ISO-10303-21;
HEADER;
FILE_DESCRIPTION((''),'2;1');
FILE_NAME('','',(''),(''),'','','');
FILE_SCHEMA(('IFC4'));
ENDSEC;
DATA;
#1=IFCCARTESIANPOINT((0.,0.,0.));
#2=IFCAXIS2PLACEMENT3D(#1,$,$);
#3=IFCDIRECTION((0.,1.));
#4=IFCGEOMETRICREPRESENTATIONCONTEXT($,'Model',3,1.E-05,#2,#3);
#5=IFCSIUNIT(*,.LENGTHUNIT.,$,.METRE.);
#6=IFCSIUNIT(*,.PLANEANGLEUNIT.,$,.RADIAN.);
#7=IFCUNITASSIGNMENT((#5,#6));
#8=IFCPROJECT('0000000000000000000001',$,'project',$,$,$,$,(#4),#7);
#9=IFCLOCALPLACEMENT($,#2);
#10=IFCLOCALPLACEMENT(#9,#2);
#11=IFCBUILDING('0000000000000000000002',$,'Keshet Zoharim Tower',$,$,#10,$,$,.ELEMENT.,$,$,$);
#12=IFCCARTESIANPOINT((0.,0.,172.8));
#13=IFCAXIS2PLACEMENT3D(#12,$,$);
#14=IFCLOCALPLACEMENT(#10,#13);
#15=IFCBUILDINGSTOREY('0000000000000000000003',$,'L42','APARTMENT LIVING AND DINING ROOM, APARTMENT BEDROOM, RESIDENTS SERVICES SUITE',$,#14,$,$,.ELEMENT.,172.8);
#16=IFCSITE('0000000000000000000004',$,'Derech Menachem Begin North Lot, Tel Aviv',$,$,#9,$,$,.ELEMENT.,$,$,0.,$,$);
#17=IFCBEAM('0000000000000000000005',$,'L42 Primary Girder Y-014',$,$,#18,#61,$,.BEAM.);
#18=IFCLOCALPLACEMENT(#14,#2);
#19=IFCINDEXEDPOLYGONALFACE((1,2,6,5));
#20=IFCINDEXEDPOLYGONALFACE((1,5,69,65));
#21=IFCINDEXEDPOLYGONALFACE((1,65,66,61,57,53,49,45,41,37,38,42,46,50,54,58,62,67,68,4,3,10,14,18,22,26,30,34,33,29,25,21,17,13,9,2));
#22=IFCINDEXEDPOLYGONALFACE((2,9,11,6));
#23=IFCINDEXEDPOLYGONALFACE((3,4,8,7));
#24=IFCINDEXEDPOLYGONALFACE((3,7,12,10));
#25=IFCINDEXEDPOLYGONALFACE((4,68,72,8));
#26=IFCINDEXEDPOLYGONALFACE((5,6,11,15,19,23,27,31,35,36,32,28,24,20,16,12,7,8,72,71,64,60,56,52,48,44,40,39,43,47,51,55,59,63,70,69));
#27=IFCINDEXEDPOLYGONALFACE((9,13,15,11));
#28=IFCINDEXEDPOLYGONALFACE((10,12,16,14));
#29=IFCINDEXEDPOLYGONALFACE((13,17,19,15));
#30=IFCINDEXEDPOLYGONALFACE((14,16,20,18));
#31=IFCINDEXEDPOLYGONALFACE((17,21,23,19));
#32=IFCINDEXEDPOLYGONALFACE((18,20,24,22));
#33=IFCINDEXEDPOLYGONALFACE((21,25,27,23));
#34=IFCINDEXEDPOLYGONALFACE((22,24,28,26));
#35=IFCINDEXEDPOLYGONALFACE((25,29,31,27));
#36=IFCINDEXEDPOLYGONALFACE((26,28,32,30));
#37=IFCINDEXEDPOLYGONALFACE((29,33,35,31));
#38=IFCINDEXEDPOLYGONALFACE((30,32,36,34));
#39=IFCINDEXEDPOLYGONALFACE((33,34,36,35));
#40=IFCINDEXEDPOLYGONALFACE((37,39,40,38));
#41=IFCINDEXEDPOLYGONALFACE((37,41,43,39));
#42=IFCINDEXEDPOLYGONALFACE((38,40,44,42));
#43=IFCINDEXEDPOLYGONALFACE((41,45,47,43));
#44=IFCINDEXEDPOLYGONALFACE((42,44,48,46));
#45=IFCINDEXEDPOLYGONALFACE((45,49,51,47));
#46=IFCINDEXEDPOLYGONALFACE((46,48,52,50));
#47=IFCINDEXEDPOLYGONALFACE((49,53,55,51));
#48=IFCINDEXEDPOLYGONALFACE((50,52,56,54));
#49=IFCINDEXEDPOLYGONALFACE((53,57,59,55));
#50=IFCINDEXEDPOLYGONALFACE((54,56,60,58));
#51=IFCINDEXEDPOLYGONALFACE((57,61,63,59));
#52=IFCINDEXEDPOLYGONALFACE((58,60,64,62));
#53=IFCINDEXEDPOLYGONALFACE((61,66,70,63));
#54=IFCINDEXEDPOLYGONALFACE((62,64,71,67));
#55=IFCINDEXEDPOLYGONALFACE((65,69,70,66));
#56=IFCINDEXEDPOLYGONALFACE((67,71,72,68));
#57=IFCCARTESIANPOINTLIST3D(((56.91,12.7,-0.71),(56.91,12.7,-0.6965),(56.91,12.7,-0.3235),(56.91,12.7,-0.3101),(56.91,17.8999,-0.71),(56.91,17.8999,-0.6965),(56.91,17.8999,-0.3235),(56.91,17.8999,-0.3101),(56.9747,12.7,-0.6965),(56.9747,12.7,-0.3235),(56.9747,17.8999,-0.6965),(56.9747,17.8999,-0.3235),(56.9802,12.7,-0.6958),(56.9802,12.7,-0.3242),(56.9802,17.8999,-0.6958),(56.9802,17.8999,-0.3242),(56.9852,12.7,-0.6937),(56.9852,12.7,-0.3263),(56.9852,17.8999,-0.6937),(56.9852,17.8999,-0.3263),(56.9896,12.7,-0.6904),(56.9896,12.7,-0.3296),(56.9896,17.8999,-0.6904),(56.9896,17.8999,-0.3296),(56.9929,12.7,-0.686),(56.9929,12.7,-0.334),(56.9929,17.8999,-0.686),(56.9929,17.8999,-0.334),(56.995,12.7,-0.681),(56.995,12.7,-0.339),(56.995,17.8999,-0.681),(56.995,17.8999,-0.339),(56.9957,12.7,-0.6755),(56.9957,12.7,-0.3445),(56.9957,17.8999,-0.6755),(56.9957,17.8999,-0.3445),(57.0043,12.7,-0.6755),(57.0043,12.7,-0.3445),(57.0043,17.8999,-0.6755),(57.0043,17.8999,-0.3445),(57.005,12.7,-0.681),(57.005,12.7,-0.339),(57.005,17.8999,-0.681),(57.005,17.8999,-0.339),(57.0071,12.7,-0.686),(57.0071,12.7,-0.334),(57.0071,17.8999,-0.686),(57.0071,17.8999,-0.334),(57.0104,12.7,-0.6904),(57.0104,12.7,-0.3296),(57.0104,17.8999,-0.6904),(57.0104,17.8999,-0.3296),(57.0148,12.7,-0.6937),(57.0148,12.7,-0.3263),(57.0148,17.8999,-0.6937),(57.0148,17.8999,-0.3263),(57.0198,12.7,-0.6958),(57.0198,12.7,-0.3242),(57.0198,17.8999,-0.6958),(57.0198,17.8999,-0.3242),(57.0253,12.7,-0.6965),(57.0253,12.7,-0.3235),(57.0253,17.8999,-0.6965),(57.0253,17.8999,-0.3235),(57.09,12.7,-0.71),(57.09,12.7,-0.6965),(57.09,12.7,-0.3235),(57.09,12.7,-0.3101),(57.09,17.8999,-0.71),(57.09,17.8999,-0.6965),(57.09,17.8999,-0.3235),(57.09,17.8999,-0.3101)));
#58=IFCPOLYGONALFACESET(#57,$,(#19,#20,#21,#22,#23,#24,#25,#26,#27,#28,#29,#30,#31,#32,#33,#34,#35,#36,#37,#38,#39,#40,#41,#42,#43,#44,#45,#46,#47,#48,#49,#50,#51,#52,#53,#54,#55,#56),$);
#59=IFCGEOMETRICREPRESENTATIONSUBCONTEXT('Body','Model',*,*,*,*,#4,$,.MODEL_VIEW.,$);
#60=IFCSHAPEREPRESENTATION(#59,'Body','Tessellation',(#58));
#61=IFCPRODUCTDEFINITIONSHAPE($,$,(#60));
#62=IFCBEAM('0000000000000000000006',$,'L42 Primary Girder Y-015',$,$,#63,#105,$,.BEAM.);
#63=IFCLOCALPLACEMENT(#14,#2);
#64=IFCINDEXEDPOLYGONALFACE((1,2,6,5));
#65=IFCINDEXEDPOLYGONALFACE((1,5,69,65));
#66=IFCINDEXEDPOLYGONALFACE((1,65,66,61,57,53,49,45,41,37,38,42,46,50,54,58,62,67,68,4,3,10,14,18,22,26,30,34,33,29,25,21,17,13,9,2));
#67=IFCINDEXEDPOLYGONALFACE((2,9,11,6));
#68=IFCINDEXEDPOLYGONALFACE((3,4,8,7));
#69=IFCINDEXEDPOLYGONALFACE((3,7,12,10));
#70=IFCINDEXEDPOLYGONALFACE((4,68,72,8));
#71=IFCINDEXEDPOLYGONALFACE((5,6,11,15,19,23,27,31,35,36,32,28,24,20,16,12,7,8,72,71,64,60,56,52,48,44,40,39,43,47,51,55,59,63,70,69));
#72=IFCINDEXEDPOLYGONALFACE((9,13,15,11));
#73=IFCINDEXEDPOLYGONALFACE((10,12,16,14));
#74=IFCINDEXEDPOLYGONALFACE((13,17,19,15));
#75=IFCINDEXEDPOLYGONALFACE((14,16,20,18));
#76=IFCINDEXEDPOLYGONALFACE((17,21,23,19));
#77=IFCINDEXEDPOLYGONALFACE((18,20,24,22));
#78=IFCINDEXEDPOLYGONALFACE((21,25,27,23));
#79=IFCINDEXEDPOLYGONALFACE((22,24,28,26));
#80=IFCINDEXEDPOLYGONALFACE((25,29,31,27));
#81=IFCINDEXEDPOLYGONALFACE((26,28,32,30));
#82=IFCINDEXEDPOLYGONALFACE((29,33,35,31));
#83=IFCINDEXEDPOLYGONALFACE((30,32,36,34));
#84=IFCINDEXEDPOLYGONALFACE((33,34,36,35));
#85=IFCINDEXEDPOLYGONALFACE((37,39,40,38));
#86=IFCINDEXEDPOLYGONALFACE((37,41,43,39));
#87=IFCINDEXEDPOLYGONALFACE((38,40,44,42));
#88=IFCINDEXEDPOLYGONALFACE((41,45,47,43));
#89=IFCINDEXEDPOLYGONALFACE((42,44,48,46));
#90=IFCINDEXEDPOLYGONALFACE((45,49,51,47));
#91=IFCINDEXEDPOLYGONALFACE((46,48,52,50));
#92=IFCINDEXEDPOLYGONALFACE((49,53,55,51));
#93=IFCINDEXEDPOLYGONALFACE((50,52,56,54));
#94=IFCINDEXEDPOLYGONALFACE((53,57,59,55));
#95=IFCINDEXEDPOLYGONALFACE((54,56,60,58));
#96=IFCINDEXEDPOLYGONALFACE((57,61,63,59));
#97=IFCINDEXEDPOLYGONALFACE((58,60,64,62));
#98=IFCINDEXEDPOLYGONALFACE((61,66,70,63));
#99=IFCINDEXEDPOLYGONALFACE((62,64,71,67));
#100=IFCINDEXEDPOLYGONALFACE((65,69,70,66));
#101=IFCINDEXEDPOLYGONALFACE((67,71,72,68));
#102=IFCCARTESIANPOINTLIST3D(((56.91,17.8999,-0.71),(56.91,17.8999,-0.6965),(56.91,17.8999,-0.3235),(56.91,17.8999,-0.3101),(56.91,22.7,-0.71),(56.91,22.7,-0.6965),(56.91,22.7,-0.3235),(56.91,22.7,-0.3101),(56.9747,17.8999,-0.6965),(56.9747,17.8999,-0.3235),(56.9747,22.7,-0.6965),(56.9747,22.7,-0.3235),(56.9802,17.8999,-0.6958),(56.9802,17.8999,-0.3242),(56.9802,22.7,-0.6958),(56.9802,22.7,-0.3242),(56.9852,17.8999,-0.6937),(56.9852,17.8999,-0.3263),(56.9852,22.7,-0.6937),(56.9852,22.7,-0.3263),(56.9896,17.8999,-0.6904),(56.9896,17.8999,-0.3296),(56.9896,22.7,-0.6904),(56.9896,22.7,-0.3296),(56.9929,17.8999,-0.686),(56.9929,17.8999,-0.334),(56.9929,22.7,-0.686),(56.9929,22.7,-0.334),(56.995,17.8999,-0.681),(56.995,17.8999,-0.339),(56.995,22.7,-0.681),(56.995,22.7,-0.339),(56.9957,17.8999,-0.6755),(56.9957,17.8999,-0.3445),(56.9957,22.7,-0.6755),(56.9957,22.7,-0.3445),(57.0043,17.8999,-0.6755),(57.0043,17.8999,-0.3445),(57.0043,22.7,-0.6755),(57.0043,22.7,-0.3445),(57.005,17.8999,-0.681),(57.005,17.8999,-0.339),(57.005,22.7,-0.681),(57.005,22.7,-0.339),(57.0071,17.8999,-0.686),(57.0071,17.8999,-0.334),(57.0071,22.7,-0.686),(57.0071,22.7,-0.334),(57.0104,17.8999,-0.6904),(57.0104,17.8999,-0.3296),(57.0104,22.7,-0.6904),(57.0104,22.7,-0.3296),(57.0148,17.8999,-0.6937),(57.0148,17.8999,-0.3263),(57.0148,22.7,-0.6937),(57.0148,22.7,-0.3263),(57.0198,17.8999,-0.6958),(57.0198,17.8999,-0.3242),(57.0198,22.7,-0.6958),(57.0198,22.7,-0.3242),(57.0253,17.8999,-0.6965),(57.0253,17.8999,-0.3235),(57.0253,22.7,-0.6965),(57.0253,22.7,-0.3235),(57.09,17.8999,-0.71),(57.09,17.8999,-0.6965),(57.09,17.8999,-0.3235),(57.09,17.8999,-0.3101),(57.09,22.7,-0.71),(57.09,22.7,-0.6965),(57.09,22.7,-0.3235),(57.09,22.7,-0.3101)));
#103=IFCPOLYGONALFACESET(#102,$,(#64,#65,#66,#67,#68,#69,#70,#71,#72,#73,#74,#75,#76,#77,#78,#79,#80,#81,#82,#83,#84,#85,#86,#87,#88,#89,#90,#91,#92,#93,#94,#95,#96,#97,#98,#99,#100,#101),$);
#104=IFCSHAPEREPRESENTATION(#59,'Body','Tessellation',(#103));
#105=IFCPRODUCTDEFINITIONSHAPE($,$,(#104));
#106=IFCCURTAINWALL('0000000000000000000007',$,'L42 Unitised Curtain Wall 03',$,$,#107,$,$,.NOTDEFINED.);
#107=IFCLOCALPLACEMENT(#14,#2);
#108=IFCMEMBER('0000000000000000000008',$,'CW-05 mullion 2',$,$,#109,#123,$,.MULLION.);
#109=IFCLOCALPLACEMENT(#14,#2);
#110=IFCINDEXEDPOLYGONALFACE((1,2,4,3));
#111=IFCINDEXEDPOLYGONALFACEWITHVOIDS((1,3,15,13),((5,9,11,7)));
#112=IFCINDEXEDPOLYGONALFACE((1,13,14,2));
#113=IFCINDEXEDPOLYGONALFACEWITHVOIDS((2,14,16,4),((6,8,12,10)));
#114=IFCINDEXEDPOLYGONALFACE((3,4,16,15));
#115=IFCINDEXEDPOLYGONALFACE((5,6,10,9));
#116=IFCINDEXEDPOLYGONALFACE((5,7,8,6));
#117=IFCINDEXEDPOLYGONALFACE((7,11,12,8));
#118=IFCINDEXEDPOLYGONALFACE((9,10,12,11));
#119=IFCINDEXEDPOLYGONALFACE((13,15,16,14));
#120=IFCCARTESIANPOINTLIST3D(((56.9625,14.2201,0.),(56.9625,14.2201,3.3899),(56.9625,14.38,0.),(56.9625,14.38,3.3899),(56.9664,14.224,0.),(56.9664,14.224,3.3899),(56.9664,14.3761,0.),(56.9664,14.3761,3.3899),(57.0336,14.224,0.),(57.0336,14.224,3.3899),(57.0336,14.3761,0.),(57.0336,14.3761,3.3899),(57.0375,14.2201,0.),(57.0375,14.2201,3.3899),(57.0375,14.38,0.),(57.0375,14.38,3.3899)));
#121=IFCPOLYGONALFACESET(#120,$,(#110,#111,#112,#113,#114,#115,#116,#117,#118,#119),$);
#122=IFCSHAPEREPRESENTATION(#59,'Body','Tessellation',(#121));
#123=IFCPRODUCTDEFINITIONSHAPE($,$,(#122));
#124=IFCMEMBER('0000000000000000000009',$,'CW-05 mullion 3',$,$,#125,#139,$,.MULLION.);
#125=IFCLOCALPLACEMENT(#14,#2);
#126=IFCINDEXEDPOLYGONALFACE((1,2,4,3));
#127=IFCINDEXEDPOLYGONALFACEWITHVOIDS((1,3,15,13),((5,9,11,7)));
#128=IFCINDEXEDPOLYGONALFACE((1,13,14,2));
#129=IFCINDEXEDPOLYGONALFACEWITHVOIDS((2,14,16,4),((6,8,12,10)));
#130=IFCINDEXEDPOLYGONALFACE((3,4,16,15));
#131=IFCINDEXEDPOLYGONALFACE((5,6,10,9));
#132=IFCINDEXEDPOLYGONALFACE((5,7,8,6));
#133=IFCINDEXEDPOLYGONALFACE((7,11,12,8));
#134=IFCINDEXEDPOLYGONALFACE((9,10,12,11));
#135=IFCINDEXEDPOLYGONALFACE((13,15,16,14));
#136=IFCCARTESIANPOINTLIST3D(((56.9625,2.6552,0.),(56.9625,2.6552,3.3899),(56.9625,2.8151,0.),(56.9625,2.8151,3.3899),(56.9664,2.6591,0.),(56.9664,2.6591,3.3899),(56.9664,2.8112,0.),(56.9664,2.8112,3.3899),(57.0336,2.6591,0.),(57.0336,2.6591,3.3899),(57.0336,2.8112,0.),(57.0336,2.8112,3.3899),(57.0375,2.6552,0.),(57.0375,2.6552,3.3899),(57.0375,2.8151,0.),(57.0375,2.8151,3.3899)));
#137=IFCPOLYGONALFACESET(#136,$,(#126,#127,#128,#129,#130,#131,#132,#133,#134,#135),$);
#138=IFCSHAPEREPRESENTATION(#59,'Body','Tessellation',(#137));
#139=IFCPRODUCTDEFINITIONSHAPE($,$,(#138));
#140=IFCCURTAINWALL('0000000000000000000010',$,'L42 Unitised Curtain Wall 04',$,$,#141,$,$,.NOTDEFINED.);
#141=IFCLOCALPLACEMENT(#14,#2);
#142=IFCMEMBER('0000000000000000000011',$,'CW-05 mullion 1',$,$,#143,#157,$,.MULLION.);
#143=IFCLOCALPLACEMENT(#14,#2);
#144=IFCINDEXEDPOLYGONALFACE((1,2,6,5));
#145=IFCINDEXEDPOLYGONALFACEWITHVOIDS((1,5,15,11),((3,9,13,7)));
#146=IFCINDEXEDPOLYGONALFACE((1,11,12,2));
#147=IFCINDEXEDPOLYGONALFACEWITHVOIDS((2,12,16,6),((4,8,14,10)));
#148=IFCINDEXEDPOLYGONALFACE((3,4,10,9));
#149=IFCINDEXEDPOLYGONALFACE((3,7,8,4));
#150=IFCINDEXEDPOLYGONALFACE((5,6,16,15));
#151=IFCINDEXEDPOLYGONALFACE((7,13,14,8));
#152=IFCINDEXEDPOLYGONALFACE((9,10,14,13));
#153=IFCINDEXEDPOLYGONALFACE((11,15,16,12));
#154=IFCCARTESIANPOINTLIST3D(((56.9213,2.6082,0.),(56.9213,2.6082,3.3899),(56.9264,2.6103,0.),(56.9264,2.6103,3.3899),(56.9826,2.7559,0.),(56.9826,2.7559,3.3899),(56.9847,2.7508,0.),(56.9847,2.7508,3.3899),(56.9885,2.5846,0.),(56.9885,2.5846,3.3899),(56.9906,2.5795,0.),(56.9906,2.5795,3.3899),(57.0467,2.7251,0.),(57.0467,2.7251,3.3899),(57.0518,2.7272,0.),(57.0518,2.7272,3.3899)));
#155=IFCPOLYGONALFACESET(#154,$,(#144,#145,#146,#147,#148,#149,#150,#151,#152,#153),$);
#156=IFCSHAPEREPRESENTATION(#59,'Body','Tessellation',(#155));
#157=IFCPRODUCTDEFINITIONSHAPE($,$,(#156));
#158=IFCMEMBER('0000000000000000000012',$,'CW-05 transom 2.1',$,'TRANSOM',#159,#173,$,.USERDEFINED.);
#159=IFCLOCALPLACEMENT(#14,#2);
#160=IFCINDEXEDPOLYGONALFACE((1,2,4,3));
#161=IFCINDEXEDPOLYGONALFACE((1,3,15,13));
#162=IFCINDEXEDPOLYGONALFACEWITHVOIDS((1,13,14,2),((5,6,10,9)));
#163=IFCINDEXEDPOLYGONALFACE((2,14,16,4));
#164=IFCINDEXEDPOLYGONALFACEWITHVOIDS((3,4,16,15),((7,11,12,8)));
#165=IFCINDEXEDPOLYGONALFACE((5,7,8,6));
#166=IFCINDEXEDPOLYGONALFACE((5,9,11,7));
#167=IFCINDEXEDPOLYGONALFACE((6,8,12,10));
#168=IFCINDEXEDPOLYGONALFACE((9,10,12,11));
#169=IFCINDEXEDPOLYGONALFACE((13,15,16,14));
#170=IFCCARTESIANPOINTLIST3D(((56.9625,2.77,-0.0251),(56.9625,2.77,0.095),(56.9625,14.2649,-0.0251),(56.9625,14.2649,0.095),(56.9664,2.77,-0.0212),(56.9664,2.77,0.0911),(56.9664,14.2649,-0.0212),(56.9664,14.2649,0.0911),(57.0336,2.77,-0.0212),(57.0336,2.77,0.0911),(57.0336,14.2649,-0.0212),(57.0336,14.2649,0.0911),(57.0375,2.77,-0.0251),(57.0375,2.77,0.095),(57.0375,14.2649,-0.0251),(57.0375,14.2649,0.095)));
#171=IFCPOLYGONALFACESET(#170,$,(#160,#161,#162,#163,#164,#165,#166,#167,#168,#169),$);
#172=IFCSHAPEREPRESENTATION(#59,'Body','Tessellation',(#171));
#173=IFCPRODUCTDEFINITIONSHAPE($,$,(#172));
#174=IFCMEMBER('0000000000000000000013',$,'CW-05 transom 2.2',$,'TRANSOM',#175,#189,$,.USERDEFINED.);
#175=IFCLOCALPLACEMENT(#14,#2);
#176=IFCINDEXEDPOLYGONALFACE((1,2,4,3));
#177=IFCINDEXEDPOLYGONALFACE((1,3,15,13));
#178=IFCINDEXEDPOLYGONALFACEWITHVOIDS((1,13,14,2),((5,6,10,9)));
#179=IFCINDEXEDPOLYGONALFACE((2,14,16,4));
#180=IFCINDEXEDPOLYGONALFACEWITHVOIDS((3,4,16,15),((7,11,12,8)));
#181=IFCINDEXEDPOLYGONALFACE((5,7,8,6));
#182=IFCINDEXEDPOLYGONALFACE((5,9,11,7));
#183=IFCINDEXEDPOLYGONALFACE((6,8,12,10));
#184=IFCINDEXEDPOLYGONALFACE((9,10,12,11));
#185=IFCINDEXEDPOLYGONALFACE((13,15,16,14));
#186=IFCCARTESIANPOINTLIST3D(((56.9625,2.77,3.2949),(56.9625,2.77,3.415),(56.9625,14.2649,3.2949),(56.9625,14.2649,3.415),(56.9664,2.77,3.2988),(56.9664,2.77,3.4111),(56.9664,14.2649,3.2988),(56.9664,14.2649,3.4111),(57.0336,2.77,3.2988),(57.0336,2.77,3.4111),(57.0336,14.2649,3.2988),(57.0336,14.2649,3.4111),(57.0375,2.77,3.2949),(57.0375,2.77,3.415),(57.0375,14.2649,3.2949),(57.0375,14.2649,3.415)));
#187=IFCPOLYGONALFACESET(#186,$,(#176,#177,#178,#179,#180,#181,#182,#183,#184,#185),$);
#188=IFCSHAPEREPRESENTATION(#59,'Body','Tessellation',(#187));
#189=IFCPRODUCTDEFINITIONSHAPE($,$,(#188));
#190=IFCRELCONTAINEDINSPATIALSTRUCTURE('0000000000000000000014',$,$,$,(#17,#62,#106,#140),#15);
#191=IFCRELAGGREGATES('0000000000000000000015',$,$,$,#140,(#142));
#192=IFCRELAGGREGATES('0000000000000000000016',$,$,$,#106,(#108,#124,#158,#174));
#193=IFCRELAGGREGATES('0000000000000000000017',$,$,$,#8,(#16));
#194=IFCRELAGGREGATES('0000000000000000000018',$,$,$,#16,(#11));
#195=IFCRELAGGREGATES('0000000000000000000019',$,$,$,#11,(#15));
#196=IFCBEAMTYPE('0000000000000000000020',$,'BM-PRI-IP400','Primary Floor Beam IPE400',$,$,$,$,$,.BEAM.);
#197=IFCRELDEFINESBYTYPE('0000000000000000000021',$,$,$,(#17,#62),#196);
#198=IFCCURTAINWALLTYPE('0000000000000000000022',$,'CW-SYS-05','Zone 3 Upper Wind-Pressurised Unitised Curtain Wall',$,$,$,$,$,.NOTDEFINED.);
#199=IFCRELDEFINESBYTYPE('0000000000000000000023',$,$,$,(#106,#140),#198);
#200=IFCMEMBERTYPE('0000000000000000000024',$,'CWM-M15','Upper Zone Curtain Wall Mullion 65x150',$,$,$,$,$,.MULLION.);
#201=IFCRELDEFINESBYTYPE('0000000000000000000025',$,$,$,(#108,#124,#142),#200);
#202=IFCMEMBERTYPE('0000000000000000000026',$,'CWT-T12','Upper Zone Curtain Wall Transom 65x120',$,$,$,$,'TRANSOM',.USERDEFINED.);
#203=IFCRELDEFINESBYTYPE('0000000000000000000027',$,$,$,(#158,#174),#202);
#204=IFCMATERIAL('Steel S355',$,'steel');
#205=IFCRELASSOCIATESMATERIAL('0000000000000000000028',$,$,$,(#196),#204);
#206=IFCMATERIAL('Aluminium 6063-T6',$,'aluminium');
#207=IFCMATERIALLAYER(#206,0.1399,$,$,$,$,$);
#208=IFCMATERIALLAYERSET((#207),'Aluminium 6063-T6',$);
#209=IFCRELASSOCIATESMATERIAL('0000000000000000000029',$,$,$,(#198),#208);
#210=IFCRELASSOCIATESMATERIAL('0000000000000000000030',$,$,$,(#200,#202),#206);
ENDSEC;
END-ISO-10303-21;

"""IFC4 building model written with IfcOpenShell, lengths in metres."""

from ifc_helpers import new_model, si_unit, direction, frame, origin, origin_2d, place, context, subcontext, project, spatial, hollow_rectangle, i_section, extrude, material, layer, layer_set, material_profile, profile_set, type_object, element, aggregate, save


model = new_model("IFC4")

# Units and contexts
model_context = context("Model", 3, precision=1e-05, world=origin(), true_north=direction((0.0, 1.0)))
body_context = subcontext(model_context, "Body", "Model", "MODEL_VIEW")
ifc_project = project(units=[si_unit("LENGTHUNIT", "METRE"), si_unit("PLANEANGLEUNIT", "RADIAN")], contexts=[model_context])

# Site, building, storey
site_placement = place(None, origin())
site = spatial("IfcSite", under=ifc_project, at=site_placement, Name="Derech Menachem Begin North Lot, Tel Aviv", CompositionType="ELEMENT", RefElevation=0.0)
building_placement = place(site_placement, origin())
building = spatial("IfcBuilding", under=site, at=building_placement, Name="Keshet Zoharim Tower", CompositionType="ELEMENT")
storey_placement = place(building_placement, frame((0.0, 0.0, 172.8)))
storey = spatial("IfcBuildingStorey", under=building, at=storey_placement, Name="L42", Description="APARTMENT LIVING AND DINING ROOM, APARTMENT BEDROOM, RESIDENTS SERVICES SUITE", CompositionType="ELEMENT", Elevation=172.8)

# Shared definitions
ifc_material_1 = material(Name="Steel S355", Category="steel")

# Beams
ifc_material_profile_1 = material_profile(ifc_material_1, i_section(OverallWidth=0.1799, OverallDepth=0.3999, WebThickness=0.0085, FlangeThickness=0.0134, FilletRadius=0.021, at=origin_2d()), Name="IPE400")
ifc_profile_set_1 = profile_set([ifc_material_profile_1], Name="Steel S355")
beam_type = type_object("IfcBeamType", Name="BM-PRI-IP400", Description="Primary Floor Beam IPE400", PredefinedType="BEAM", material=ifc_profile_set_1)
beam_1_placement = place(storey_placement, frame((57.0, 12.7, -0.51), z_axis=(0.0, 1.0, 0.0), x_axis=(-1.0, 0.0, 0.0)))
element("IfcBeam", 1, at=beam_1_placement, inside=storey, type_object=beam_type, Name="L42 Primary Girder Y-014", PredefinedType="BEAM", context=body_context, shape_type="SweptSolid", body=[
    extrude(i_section(OverallWidth=0.1799, OverallDepth=0.3999, WebThickness=0.0085, FlangeThickness=0.0134, FilletRadius=0.021, at=origin_2d()), origin(), (0.0, 0.0, 1.0), 5.2),
])
beam_2_placement = place(storey_placement, frame((57.0, 17.8999, -0.51), z_axis=(0.0, 1.0, 0.0), x_axis=(-1.0, 0.0, 0.0)))
element("IfcBeam", 2, at=beam_2_placement, inside=storey, type_object=beam_type, Name="L42 Primary Girder Y-015", PredefinedType="BEAM", context=body_context, shape_type="SweptSolid", body=[
    extrude(i_section(OverallWidth=0.1799, OverallDepth=0.3999, WebThickness=0.0085, FlangeThickness=0.0134, FilletRadius=0.021, at=origin_2d()), origin(), (0.0, 0.0, 1.0), 4.8),
])

# Curtain wall, members
ifc_material_2 = material(Name="Aluminium 6063-T6", Category="aluminium")
ifc_layer_1 = layer(ifc_material_2, 0.1399)
ifc_layer_set_1 = layer_set([ifc_layer_1], Name="Aluminium 6063-T6")
curtain_wall_type = type_object("IfcCurtainWallType", Name="CW-SYS-05", Description="Zone 3 Upper Wind-Pressurised Unitised Curtain Wall", PredefinedType="NOTDEFINED", material=ifc_layer_set_1)
curtain_wall_1_placement = place(storey_placement, origin())
curtain_wall_1 = element("IfcCurtainWall", 3, at=curtain_wall_1_placement, inside=storey, type_object=curtain_wall_type, Name="L42 Unitised Curtain Wall 03", PredefinedType="NOTDEFINED")
ifc_material_profile_2 = material_profile(ifc_material_2, hollow_rectangle(XDim=0.075, YDim=0.1599, WallThickness=0.0039, at=origin_2d()), Name="MUL-75x160")
ifc_profile_set_2 = profile_set([ifc_material_profile_2], Name="Aluminium 6063-T6")
member_type_1 = type_object("IfcMemberType", Name="CWM-M15", Description="Upper Zone Curtain Wall Mullion 65x150", PredefinedType="MULLION", material=ifc_profile_set_2)
member_1_placement = place(storey_placement, frame((57.0, 14.3, 0.0), z_axis=(0.0, 0.0, 1.0), x_axis=(1.0, 0.0, 0.0)))
member_1 = element("IfcMember", 4, at=member_1_placement, type_object=member_type_1, Name="CW-05 mullion 2", PredefinedType="MULLION", context=body_context, shape_type="SweptSolid", body=[
    extrude(hollow_rectangle(XDim=0.075, YDim=0.1599, WallThickness=0.0039, at=origin_2d()), origin(), (0.0, 0.0, 1.0), 3.3899),
])
member_2_placement = place(storey_placement, frame((57.0, 2.7351, 0.0), z_axis=(0.0, 0.0, 1.0), x_axis=(1.0, 0.0, 0.0)))
member_2 = element("IfcMember", 5, at=member_2_placement, type_object=member_type_1, Name="CW-05 mullion 3", PredefinedType="MULLION", context=body_context, shape_type="SweptSolid", body=[
    extrude(hollow_rectangle(XDim=0.075, YDim=0.1599, WallThickness=0.0039, at=origin_2d()), origin(), (0.0, 0.0, 1.0), 3.3899),
])

# Curtain wall, member
curtain_wall_2_placement = place(storey_placement, origin())
curtain_wall_2 = element("IfcCurtainWall", 6, at=curtain_wall_2_placement, inside=storey, type_object=curtain_wall_type, Name="L42 Unitised Curtain Wall 04", PredefinedType="NOTDEFINED")
member_3_placement = place(storey_placement, frame((56.9866, 2.6677, 0.0), z_axis=(0.0, 0.0, 1.0), x_axis=(0.92381, -0.382852, 0.0)))
member_3 = element("IfcMember", 7, at=member_3_placement, type_object=member_type_1, Name="CW-05 mullion 1", PredefinedType="MULLION", context=body_context, shape_type="SweptSolid", body=[
    extrude(hollow_rectangle(XDim=0.075, YDim=0.1599, WallThickness=0.0039, at=origin_2d()), origin(), (0.0, 0.0, 1.0), 3.3899),
])
aggregate(curtain_wall_2, [member_3])

# Members
ifc_material_profile_3 = material_profile(ifc_material_2, hollow_rectangle(XDim=0.075, YDim=0.1201, WallThickness=0.0039, at=origin_2d()), Name="TRN-75x120")
ifc_profile_set_3 = profile_set([ifc_material_profile_3], Name="Aluminium 6063-T6")
member_type_2 = type_object("IfcMemberType", Name="CWT-T12", Description="Upper Zone Curtain Wall Transom 65x120", ElementType="TRANSOM", PredefinedType="USERDEFINED", material=ifc_profile_set_3)
member_4_placement = place(storey_placement, frame((57.0, 14.2649, 0.0349), z_axis=(0.0, -1.0, 0.0), x_axis=(1.0, 0.0, 0.0)))
member_4 = element("IfcMember", 8, at=member_4_placement, type_object=member_type_2, Name="CW-05 transom 2.1", ObjectType="TRANSOM", PredefinedType="USERDEFINED", context=body_context, shape_type="SweptSolid", body=[
    extrude(hollow_rectangle(XDim=0.075, YDim=0.1201, WallThickness=0.0039, at=origin_2d()), origin(), (0.0, 0.0, 1.0), 11.4949),
])
member_5_placement = place(storey_placement, frame((57.0, 14.2649, 3.355), z_axis=(0.0, -1.0, 0.0), x_axis=(1.0, 0.0, 0.0)))
member_5 = element("IfcMember", 9, at=member_5_placement, type_object=member_type_2, Name="CW-05 transom 2.2", ObjectType="TRANSOM", PredefinedType="USERDEFINED", context=body_context, shape_type="SweptSolid", body=[
    extrude(hollow_rectangle(XDim=0.075, YDim=0.1201, WallThickness=0.0039, at=origin_2d()), origin(), (0.0, 0.0, 1.0), 11.4949),
])

aggregate(curtain_wall_1, [member_1, member_2, member_4, member_5])

save(model, "model.ifc")
